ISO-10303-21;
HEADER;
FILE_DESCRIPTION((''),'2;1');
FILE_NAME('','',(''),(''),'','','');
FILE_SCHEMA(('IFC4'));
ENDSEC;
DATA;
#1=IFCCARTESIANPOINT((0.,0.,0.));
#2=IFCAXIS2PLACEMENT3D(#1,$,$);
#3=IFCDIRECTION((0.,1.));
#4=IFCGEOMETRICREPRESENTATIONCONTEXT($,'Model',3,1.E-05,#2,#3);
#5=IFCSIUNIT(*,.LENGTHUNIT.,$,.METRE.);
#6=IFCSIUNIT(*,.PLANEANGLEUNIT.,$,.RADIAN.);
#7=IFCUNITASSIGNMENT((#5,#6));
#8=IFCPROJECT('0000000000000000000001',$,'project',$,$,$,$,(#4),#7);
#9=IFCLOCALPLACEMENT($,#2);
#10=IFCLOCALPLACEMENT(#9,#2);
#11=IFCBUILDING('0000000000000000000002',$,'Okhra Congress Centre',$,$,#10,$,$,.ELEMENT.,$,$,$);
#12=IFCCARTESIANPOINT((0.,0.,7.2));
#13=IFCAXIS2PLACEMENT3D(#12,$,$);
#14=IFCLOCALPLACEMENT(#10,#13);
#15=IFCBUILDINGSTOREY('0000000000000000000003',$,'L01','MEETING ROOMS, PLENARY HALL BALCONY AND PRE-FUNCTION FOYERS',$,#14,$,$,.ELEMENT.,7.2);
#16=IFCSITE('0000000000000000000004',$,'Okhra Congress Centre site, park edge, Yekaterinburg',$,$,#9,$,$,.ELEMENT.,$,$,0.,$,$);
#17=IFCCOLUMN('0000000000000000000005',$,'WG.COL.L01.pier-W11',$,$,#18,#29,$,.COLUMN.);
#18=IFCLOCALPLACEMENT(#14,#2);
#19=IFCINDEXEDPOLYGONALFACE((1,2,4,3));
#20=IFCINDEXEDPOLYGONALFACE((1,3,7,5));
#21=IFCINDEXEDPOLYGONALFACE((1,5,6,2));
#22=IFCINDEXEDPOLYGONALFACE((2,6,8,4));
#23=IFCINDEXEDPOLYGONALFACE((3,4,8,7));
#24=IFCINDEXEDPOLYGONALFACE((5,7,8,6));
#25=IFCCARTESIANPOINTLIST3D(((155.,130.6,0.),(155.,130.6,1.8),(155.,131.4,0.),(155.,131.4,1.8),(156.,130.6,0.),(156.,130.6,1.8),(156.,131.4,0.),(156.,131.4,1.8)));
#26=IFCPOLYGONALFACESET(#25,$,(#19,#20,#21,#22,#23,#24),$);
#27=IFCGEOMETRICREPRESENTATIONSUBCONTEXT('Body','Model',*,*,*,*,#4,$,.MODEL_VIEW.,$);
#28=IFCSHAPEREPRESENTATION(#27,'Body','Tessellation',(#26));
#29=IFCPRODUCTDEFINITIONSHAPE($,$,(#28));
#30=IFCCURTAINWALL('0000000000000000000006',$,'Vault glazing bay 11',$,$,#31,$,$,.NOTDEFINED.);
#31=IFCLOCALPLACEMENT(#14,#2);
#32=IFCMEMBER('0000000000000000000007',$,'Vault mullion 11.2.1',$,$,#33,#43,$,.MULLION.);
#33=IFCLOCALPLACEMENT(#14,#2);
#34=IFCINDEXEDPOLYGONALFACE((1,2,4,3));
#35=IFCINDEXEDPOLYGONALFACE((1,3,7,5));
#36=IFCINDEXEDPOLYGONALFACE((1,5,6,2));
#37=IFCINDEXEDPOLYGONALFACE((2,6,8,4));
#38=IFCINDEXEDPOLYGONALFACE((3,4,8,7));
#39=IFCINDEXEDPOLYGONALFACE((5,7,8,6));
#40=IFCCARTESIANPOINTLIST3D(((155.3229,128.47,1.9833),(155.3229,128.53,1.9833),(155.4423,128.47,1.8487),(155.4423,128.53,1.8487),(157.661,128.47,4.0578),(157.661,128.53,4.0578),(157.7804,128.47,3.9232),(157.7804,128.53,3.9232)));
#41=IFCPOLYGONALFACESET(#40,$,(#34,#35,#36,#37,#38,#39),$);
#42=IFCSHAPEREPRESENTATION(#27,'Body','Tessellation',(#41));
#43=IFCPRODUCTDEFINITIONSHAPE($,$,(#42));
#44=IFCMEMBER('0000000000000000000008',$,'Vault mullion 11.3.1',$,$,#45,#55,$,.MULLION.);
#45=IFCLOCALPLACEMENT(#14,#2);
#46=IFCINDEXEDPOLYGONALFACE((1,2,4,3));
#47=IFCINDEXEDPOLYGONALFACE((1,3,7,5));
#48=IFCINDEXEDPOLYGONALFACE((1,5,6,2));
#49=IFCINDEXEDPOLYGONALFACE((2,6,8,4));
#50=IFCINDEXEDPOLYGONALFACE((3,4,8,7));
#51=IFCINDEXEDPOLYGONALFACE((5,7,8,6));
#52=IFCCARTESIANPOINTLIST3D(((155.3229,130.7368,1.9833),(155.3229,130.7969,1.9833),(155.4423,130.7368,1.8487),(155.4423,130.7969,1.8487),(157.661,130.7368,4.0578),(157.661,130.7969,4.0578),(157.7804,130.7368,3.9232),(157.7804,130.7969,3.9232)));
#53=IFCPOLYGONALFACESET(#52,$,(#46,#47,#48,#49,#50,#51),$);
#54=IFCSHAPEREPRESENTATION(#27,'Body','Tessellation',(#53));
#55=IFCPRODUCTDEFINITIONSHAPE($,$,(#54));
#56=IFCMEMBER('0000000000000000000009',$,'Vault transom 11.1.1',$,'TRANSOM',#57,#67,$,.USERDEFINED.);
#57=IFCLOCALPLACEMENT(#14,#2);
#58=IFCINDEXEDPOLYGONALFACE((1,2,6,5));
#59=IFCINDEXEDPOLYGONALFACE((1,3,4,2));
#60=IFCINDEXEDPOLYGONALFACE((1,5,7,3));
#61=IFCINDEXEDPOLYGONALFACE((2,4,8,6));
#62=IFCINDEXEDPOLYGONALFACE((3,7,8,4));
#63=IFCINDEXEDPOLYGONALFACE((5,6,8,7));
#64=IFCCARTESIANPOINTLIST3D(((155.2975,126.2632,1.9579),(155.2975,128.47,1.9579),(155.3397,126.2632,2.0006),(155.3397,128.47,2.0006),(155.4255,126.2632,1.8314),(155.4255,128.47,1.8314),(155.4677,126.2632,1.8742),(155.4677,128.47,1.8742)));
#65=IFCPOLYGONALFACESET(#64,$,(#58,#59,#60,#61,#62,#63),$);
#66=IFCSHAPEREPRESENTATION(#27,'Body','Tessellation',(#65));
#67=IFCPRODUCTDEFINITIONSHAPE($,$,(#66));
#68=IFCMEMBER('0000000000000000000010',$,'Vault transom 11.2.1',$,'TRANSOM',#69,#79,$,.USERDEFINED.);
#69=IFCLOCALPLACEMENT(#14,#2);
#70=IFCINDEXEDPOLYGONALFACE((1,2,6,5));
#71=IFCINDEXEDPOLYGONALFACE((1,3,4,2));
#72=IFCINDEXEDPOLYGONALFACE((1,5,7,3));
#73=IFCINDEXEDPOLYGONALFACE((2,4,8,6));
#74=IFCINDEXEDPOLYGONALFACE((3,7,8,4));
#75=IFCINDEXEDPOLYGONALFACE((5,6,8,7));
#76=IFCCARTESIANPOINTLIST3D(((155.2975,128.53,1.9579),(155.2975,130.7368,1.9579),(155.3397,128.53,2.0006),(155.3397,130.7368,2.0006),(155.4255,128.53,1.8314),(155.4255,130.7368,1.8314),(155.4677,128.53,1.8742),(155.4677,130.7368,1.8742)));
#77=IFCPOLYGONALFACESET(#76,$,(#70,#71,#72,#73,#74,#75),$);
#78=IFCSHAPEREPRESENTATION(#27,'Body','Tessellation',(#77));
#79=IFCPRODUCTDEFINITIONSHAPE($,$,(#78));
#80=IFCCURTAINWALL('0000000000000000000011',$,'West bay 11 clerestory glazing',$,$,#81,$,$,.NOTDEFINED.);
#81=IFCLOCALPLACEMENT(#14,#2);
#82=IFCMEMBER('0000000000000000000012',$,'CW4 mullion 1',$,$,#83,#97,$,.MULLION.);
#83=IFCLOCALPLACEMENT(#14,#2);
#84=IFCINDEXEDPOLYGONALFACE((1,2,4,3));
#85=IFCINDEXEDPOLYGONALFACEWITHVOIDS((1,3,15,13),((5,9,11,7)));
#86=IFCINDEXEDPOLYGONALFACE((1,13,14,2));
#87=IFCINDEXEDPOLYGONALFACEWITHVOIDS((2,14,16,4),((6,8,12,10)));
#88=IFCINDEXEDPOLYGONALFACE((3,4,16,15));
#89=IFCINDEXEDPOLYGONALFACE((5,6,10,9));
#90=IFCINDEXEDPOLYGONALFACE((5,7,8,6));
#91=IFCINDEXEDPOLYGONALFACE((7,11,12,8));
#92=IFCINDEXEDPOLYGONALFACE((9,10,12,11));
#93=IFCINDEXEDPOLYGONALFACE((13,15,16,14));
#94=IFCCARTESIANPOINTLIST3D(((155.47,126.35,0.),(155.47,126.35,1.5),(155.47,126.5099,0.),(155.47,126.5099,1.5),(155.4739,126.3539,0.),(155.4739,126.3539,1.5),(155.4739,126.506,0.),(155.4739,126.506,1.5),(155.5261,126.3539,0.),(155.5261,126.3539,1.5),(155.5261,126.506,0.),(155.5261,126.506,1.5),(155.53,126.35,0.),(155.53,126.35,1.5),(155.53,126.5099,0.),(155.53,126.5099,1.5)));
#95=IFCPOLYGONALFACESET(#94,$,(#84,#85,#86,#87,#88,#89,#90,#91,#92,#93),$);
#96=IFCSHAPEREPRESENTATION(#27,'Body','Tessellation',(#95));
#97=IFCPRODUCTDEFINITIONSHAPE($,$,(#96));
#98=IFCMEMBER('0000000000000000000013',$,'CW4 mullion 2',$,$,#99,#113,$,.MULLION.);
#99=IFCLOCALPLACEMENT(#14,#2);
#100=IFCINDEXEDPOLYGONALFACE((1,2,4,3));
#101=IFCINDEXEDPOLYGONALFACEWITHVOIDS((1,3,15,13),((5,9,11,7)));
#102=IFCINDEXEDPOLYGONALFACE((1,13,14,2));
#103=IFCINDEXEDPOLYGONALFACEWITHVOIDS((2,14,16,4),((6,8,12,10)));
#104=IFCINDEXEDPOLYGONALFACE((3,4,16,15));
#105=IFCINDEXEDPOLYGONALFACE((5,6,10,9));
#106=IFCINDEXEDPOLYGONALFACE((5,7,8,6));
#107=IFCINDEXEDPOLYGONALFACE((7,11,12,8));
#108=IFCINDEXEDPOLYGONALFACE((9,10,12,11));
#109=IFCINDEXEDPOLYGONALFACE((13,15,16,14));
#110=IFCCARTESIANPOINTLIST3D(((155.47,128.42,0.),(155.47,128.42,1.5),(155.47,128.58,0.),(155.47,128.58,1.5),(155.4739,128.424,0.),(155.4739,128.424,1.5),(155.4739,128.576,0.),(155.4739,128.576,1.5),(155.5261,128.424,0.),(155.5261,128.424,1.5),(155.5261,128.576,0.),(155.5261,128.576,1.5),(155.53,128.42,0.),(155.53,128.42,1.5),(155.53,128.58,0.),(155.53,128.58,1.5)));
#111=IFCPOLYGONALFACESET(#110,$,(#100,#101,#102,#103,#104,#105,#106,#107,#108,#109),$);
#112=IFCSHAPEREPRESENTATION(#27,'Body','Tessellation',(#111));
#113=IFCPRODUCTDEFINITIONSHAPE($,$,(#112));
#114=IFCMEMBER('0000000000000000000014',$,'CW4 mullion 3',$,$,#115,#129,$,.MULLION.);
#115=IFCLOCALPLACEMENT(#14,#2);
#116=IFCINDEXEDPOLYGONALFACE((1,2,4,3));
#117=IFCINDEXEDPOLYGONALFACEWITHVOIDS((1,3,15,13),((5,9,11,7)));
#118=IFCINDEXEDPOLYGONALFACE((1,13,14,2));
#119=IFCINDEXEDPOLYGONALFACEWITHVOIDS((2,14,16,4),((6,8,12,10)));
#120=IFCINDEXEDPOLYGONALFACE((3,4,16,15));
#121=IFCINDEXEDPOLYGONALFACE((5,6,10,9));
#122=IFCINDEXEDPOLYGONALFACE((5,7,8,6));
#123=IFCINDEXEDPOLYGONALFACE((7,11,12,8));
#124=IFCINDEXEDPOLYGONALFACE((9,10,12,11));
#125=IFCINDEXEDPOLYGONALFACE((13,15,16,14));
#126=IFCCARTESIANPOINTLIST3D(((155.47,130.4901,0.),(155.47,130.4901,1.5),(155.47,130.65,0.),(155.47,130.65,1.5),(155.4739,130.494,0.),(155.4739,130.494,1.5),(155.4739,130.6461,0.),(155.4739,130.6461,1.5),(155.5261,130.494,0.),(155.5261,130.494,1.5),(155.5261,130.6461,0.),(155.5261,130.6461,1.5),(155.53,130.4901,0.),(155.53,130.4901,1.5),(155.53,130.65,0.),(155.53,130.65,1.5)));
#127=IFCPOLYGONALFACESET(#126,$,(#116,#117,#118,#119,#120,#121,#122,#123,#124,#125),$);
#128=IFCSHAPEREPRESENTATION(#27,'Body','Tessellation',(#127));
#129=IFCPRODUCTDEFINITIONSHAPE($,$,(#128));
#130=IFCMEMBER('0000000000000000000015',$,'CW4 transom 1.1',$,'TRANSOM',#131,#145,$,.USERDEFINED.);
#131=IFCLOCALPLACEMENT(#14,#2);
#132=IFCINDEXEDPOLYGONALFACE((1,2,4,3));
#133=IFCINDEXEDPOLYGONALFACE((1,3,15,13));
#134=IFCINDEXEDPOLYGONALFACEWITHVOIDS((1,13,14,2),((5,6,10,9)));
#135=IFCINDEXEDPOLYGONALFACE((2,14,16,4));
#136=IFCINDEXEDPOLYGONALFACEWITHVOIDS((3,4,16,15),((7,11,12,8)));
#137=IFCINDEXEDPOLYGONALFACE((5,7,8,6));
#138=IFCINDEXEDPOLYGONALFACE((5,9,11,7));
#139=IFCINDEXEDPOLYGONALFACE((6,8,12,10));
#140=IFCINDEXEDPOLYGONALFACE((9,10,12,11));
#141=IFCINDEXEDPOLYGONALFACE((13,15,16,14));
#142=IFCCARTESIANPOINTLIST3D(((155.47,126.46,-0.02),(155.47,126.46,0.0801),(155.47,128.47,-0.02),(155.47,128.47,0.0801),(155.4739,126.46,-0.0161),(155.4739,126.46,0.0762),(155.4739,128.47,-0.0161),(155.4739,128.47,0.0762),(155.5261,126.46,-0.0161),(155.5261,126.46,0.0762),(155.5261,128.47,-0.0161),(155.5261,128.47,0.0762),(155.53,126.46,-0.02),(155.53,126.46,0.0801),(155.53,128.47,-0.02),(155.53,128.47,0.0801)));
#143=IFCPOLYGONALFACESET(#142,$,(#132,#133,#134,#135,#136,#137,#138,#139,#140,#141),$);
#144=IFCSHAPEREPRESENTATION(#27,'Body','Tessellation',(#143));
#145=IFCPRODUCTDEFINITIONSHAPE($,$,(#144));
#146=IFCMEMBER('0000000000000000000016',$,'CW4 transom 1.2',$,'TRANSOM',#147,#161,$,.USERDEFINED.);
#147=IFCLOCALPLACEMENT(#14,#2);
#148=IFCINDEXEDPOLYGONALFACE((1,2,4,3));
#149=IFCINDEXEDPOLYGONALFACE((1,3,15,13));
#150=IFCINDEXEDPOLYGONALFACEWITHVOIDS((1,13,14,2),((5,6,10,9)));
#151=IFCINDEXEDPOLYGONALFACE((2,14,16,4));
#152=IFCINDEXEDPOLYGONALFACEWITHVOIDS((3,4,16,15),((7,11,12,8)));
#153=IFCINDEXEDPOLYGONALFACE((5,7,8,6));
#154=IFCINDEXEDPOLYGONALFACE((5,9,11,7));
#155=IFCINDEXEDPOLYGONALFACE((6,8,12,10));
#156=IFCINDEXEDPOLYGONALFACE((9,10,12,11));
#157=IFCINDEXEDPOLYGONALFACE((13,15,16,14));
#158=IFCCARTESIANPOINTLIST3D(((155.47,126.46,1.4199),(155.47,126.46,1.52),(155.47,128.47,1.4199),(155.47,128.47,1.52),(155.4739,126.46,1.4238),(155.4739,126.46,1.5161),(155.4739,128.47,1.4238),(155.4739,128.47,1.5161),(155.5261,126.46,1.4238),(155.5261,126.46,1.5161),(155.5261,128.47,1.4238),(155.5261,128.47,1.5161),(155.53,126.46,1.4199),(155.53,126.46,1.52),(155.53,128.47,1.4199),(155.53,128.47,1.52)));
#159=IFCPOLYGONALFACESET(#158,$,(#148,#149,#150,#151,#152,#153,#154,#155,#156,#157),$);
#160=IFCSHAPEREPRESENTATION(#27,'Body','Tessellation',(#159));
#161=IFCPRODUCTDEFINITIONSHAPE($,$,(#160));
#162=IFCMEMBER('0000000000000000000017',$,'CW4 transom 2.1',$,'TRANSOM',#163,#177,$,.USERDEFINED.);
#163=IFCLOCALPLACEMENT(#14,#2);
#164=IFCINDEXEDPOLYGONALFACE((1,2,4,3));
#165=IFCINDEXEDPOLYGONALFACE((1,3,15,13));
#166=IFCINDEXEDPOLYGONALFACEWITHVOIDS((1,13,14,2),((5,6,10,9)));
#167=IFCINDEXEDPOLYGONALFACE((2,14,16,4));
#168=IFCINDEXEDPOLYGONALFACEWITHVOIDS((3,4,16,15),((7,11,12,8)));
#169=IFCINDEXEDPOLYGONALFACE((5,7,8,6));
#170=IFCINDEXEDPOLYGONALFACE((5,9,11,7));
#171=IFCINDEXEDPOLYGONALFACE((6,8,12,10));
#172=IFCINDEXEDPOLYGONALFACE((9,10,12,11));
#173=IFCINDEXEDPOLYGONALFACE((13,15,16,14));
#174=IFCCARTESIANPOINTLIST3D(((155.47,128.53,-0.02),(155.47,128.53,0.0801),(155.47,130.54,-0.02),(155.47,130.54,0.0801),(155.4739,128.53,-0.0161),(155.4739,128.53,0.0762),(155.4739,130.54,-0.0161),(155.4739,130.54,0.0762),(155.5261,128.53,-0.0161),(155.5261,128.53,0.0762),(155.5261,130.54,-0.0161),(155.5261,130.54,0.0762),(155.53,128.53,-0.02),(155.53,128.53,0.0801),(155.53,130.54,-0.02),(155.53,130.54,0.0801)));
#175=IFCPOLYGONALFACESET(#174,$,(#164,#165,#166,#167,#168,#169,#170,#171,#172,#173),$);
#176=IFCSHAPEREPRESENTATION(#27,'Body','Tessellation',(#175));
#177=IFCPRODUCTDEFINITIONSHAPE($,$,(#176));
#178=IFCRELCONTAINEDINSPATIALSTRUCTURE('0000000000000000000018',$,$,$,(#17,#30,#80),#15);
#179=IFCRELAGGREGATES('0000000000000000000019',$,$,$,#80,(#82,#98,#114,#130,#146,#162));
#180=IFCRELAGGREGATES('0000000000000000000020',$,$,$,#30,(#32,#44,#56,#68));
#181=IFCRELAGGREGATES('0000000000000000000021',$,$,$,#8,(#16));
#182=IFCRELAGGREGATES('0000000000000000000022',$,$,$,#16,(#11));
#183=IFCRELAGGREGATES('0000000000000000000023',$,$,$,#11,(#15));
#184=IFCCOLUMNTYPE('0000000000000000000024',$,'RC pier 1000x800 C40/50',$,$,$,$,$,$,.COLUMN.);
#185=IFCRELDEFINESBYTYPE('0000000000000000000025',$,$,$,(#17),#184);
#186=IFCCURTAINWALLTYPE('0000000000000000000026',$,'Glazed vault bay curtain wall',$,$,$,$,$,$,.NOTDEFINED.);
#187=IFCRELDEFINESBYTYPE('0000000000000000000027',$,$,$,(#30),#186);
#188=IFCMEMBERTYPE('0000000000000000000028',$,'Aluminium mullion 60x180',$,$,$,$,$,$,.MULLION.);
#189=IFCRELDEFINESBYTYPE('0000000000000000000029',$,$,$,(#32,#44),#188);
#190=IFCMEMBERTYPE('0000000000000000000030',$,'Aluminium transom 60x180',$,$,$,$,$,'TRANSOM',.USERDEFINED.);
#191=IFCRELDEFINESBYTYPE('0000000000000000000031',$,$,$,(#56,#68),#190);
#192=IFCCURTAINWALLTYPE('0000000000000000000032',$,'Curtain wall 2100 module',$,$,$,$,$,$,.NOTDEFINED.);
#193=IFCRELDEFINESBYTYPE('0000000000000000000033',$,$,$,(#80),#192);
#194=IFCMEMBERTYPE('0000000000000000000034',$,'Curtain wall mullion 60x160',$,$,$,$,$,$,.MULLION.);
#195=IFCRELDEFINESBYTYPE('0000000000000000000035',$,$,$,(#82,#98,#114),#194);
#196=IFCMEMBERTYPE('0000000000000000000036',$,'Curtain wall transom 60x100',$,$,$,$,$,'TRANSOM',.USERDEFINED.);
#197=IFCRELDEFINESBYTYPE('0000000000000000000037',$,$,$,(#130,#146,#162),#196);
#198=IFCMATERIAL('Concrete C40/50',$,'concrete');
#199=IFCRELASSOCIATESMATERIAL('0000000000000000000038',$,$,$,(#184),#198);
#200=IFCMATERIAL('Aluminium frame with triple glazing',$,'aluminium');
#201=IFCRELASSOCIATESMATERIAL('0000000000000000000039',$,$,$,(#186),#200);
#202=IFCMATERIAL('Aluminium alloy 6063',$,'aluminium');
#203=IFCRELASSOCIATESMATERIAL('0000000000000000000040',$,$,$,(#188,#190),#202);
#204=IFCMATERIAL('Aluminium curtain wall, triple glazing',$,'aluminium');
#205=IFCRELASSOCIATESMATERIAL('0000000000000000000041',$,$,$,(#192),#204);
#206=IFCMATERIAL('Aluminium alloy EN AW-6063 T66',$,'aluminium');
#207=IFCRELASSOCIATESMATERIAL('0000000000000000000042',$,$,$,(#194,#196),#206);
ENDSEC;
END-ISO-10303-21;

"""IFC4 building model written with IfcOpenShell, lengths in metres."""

from ifc_helpers import new_model, si_unit, direction, frame, origin, origin_2d, place, context, subcontext, project, spatial, rectangle, hollow_rectangle, extrude, material, material_profile, profile_set, type_object, element, aggregate, save


model = new_model("IFC4")

# Units and contexts
model_context = context("Model", 3, precision=1e-05, world=origin(), true_north=direction((0.0, 1.0)))
body_context = subcontext(model_context, "Body", "Model", "MODEL_VIEW")
ifc_project = project(units=[si_unit("LENGTHUNIT", "METRE"), si_unit("PLANEANGLEUNIT", "RADIAN")], contexts=[model_context])

# Site, building, storey
site_placement = place(None, origin())
site = spatial("IfcSite", under=ifc_project, at=site_placement, Name="Okhra Congress Centre site, park edge, Yekaterinburg", CompositionType="ELEMENT", RefElevation=0.0)
building_placement = place(site_placement, origin())
building = spatial("IfcBuilding", under=site, at=building_placement, Name="Okhra Congress Centre", CompositionType="ELEMENT")
storey_placement = place(building_placement, frame((0.0, 0.0, 7.2)))
storey = spatial("IfcBuildingStorey", under=building, at=storey_placement, Name="L01", Description="MEETING ROOMS, PLENARY HALL BALCONY AND PRE-FUNCTION FOYERS", CompositionType="ELEMENT", Elevation=7.2)

# Column
ifc_material_1 = material(Name="Concrete C40/50", Category="concrete")
ifc_material_profile_1 = material_profile(ifc_material_1, rectangle(XDim=1.0, YDim=0.8, at=origin_2d()), Name="RC 1000x800")
ifc_profile_set_1 = profile_set([ifc_material_profile_1], Name="Concrete C40/50")
column_type = type_object("IfcColumnType", Name="RC pier 1000x800 C40/50", PredefinedType="COLUMN", material=ifc_profile_set_1)
column_placement = place(storey_placement, frame((155.5, 131.0, 0.0), z_axis=(0.0, 0.0, 1.0), x_axis=(1.0, 0.0, 0.0)))
element("IfcColumn", 1, at=column_placement, inside=storey, type_object=column_type, Name="WG.COL.L01.pier-W11", PredefinedType="COLUMN", context=body_context, shape_type="SweptSolid", body=[
    extrude(rectangle(XDim=1.0, YDim=0.8, at=origin_2d()), origin(), (0.0, 0.0, 1.0), 1.8),
])

# Curtain walls, members
ifc_material_2 = material(Name="Aluminium frame with triple glazing", Category="aluminium")
curtain_wall_type_1 = type_object("IfcCurtainWallType", Name="Glazed vault bay curtain wall", PredefinedType="NOTDEFINED", material=ifc_material_2)
curtain_wall_1_placement = place(storey_placement, origin())
curtain_wall_1 = element("IfcCurtainWall", 2, at=curtain_wall_1_placement, inside=storey, type_object=curtain_wall_type_1, Name="Vault glazing bay 11", PredefinedType="NOTDEFINED")
ifc_material_3 = material(Name="Aluminium alloy 6063", Category="aluminium")
ifc_material_profile_2 = material_profile(ifc_material_3, rectangle(XDim=0.0601, YDim=0.1799, at=origin_2d()), Name="AL 60x180")
ifc_profile_set_2 = profile_set([ifc_material_profile_2], Name="Aluminium alloy 6063")
member_type_1 = type_object("IfcMemberType", Name="Aluminium mullion 60x180", PredefinedType="MULLION", material=ifc_profile_set_2)
member_1_placement = place(storey_placement, frame((155.3826, 128.5, 1.916), z_axis=(0.748025, 0.0, 0.66367), x_axis=(0.0, 1.0, 0.0)))
member_1 = element("IfcMember", 3, at=member_1_placement, type_object=member_type_1, Name="Vault mullion 11.2.1", PredefinedType="MULLION", context=body_context, shape_type="SweptSolid", body=[
    extrude(rectangle(XDim=0.0601, YDim=0.1799, at=origin_2d()), origin(), (0.0, 0.0, 1.0), 3.1257),
])
member_2_placement = place(storey_placement, frame((155.3826, 130.7668, 1.916), z_axis=(0.748025, 0.0, 0.66367), x_axis=(0.0, 1.0, 0.0)))
member_2 = element("IfcMember", 4, at=member_2_placement, type_object=member_type_1, Name="Vault mullion 11.3.1", PredefinedType="MULLION", context=body_context, shape_type="SweptSolid", body=[
    extrude(rectangle(XDim=0.0601, YDim=0.1799, at=origin_2d()), origin(), (0.0, 0.0, 1.0), 3.1257),
])
ifc_material_profile_3 = material_profile(ifc_material_3, rectangle(XDim=0.0601, YDim=0.1799, at=origin_2d()), Name="AL 60x180 transom")
ifc_profile_set_3 = profile_set([ifc_material_profile_3], Name="Aluminium alloy 6063")
member_type_2 = type_object("IfcMemberType", Name="Aluminium transom 60x180", ElementType="TRANSOM", PredefinedType="USERDEFINED", material=ifc_profile_set_3)
member_3_placement = place(storey_placement, frame((155.3826, 126.2632, 1.916), z_axis=(0.0, 1.0, 0.0), x_axis=(-0.702636, 0.0, -0.711549)))
member_3 = element("IfcMember", 5, at=member_3_placement, type_object=member_type_2, Name="Vault transom 11.1.1", ObjectType="TRANSOM", PredefinedType="USERDEFINED", context=body_context, shape_type="SweptSolid", body=[
    extrude(rectangle(XDim=0.0601, YDim=0.1799, at=origin_2d()), origin(), (0.0, 0.0, 1.0), 2.2068),
])
member_4_placement = place(storey_placement, frame((155.3826, 128.53, 1.916), z_axis=(0.0, 1.0, 0.0), x_axis=(-0.702636, 0.0, -0.711549)))
member_4 = element("IfcMember", 6, at=member_4_placement, type_object=member_type_2, Name="Vault transom 11.2.1", ObjectType="TRANSOM", PredefinedType="USERDEFINED", context=body_context, shape_type="SweptSolid", body=[
    extrude(rectangle(XDim=0.0601, YDim=0.1799, at=origin_2d()), origin(), (0.0, 0.0, 1.0), 2.2068),
])
ifc_material_4 = material(Name="Aluminium curtain wall, triple glazing", Category="aluminium")
curtain_wall_type_2 = type_object("IfcCurtainWallType", Name="Curtain wall 2100 module", PredefinedType="NOTDEFINED", material=ifc_material_4)
curtain_wall_2_placement = place(storey_placement, origin())
curtain_wall_2 = element("IfcCurtainWall", 7, at=curtain_wall_2_placement, inside=storey, type_object=curtain_wall_type_2, Name="West bay 11 clerestory glazing", PredefinedType="NOTDEFINED")
ifc_material_5 = material(Name="Aluminium alloy EN AW-6063 T66", Category="aluminium")
ifc_material_profile_4 = material_profile(ifc_material_5, hollow_rectangle(XDim=0.0601, YDim=0.1599, WallThickness=0.0039, at=origin_2d()), Name="RHS 60x160x4")
ifc_profile_set_4 = profile_set([ifc_material_profile_4], Name="Aluminium alloy EN AW-6063 T66")
member_type_3 = type_object("IfcMemberType", Name="Curtain wall mullion 60x160", PredefinedType="MULLION", material=ifc_profile_set_4)
member_5_placement = place(storey_placement, frame((155.5, 126.4299, 0.0), z_axis=(0.0, 0.0, 1.0), x_axis=(-1.0, 0.0, 0.0)))
member_5 = element("IfcMember", 8, at=member_5_placement, type_object=member_type_3, Name="CW4 mullion 1", PredefinedType="MULLION", context=body_context, shape_type="SweptSolid", body=[
    extrude(hollow_rectangle(XDim=0.0601, YDim=0.1599, WallThickness=0.0039, at=origin_2d()), origin(), (0.0, 0.0, 1.0), 1.5),
])
member_6_placement = place(storey_placement, frame((155.5, 128.5, 0.0), z_axis=(0.0, 0.0, 1.0), x_axis=(-1.0, 0.0, 0.0)))
member_6 = element("IfcMember", 9, at=member_6_placement, type_object=member_type_3, Name="CW4 mullion 2", PredefinedType="MULLION", context=body_context, shape_type="SweptSolid", body=[
    extrude(hollow_rectangle(XDim=0.0601, YDim=0.1599, WallThickness=0.0039, at=origin_2d()), origin(), (0.0, 0.0, 1.0), 1.5),
])
member_7_placement = place(storey_placement, frame((155.5, 130.5701, 0.0), z_axis=(0.0, 0.0, 1.0), x_axis=(-1.0, 0.0, 0.0)))
member_7 = element("IfcMember", 10, at=member_7_placement, type_object=member_type_3, Name="CW4 mullion 3", PredefinedType="MULLION", context=body_context, shape_type="SweptSolid", body=[
    extrude(hollow_rectangle(XDim=0.0601, YDim=0.1599, WallThickness=0.0039, at=origin_2d()), origin(), (0.0, 0.0, 1.0), 1.5),
])
ifc_material_profile_5 = material_profile(ifc_material_5, hollow_rectangle(XDim=0.0601, YDim=0.1001, WallThickness=0.0039, at=origin_2d()), Name="RHS 60x100x4")
ifc_profile_set_5 = profile_set([ifc_material_profile_5], Name="Aluminium alloy EN AW-6063 T66")
member_type_4 = type_object("IfcMemberType", Name="Curtain wall transom 60x100", ElementType="TRANSOM", PredefinedType="USERDEFINED", material=ifc_profile_set_5)
member_8_placement = place(storey_placement, frame((155.5, 126.46, 0.03), z_axis=(0.0, 1.0, 0.0), x_axis=(-1.0, 0.0, 0.0)))
member_8 = element("IfcMember", 11, at=member_8_placement, type_object=member_type_4, Name="CW4 transom 1.1", ObjectType="TRANSOM", PredefinedType="USERDEFINED", context=body_context, shape_type="SweptSolid", body=[
    extrude(hollow_rectangle(XDim=0.0601, YDim=0.1001, WallThickness=0.0039, at=origin_2d()), origin(), (0.0, 0.0, 1.0), 2.01),
])
member_9_placement = place(storey_placement, frame((155.5, 126.46, 1.47), z_axis=(0.0, 1.0, 0.0), x_axis=(-1.0, 0.0, 0.0)))
member_9 = element("IfcMember", 12, at=member_9_placement, type_object=member_type_4, Name="CW4 transom 1.2", ObjectType="TRANSOM", PredefinedType="USERDEFINED", context=body_context, shape_type="SweptSolid", body=[
    extrude(hollow_rectangle(XDim=0.0601, YDim=0.1001, WallThickness=0.0039, at=origin_2d()), origin(), (0.0, 0.0, 1.0), 2.01),
])
member_10_placement = place(storey_placement, frame((155.5, 128.53, 0.03), z_axis=(0.0, 1.0, 0.0), x_axis=(-1.0, 0.0, 0.0)))
member_10 = element("IfcMember", 13, at=member_10_placement, type_object=member_type_4, Name="CW4 transom 2.1", ObjectType="TRANSOM", PredefinedType="USERDEFINED", context=body_context, shape_type="SweptSolid", body=[
    extrude(hollow_rectangle(XDim=0.0601, YDim=0.1001, WallThickness=0.0039, at=origin_2d()), origin(), (0.0, 0.0, 1.0), 2.01),
])

aggregate(curtain_wall_2, [member_5, member_6, member_7, member_8, member_9, member_10])
aggregate(curtain_wall_1, [member_1, member_2, member_3, member_4])

save(model, "model.ifc")
